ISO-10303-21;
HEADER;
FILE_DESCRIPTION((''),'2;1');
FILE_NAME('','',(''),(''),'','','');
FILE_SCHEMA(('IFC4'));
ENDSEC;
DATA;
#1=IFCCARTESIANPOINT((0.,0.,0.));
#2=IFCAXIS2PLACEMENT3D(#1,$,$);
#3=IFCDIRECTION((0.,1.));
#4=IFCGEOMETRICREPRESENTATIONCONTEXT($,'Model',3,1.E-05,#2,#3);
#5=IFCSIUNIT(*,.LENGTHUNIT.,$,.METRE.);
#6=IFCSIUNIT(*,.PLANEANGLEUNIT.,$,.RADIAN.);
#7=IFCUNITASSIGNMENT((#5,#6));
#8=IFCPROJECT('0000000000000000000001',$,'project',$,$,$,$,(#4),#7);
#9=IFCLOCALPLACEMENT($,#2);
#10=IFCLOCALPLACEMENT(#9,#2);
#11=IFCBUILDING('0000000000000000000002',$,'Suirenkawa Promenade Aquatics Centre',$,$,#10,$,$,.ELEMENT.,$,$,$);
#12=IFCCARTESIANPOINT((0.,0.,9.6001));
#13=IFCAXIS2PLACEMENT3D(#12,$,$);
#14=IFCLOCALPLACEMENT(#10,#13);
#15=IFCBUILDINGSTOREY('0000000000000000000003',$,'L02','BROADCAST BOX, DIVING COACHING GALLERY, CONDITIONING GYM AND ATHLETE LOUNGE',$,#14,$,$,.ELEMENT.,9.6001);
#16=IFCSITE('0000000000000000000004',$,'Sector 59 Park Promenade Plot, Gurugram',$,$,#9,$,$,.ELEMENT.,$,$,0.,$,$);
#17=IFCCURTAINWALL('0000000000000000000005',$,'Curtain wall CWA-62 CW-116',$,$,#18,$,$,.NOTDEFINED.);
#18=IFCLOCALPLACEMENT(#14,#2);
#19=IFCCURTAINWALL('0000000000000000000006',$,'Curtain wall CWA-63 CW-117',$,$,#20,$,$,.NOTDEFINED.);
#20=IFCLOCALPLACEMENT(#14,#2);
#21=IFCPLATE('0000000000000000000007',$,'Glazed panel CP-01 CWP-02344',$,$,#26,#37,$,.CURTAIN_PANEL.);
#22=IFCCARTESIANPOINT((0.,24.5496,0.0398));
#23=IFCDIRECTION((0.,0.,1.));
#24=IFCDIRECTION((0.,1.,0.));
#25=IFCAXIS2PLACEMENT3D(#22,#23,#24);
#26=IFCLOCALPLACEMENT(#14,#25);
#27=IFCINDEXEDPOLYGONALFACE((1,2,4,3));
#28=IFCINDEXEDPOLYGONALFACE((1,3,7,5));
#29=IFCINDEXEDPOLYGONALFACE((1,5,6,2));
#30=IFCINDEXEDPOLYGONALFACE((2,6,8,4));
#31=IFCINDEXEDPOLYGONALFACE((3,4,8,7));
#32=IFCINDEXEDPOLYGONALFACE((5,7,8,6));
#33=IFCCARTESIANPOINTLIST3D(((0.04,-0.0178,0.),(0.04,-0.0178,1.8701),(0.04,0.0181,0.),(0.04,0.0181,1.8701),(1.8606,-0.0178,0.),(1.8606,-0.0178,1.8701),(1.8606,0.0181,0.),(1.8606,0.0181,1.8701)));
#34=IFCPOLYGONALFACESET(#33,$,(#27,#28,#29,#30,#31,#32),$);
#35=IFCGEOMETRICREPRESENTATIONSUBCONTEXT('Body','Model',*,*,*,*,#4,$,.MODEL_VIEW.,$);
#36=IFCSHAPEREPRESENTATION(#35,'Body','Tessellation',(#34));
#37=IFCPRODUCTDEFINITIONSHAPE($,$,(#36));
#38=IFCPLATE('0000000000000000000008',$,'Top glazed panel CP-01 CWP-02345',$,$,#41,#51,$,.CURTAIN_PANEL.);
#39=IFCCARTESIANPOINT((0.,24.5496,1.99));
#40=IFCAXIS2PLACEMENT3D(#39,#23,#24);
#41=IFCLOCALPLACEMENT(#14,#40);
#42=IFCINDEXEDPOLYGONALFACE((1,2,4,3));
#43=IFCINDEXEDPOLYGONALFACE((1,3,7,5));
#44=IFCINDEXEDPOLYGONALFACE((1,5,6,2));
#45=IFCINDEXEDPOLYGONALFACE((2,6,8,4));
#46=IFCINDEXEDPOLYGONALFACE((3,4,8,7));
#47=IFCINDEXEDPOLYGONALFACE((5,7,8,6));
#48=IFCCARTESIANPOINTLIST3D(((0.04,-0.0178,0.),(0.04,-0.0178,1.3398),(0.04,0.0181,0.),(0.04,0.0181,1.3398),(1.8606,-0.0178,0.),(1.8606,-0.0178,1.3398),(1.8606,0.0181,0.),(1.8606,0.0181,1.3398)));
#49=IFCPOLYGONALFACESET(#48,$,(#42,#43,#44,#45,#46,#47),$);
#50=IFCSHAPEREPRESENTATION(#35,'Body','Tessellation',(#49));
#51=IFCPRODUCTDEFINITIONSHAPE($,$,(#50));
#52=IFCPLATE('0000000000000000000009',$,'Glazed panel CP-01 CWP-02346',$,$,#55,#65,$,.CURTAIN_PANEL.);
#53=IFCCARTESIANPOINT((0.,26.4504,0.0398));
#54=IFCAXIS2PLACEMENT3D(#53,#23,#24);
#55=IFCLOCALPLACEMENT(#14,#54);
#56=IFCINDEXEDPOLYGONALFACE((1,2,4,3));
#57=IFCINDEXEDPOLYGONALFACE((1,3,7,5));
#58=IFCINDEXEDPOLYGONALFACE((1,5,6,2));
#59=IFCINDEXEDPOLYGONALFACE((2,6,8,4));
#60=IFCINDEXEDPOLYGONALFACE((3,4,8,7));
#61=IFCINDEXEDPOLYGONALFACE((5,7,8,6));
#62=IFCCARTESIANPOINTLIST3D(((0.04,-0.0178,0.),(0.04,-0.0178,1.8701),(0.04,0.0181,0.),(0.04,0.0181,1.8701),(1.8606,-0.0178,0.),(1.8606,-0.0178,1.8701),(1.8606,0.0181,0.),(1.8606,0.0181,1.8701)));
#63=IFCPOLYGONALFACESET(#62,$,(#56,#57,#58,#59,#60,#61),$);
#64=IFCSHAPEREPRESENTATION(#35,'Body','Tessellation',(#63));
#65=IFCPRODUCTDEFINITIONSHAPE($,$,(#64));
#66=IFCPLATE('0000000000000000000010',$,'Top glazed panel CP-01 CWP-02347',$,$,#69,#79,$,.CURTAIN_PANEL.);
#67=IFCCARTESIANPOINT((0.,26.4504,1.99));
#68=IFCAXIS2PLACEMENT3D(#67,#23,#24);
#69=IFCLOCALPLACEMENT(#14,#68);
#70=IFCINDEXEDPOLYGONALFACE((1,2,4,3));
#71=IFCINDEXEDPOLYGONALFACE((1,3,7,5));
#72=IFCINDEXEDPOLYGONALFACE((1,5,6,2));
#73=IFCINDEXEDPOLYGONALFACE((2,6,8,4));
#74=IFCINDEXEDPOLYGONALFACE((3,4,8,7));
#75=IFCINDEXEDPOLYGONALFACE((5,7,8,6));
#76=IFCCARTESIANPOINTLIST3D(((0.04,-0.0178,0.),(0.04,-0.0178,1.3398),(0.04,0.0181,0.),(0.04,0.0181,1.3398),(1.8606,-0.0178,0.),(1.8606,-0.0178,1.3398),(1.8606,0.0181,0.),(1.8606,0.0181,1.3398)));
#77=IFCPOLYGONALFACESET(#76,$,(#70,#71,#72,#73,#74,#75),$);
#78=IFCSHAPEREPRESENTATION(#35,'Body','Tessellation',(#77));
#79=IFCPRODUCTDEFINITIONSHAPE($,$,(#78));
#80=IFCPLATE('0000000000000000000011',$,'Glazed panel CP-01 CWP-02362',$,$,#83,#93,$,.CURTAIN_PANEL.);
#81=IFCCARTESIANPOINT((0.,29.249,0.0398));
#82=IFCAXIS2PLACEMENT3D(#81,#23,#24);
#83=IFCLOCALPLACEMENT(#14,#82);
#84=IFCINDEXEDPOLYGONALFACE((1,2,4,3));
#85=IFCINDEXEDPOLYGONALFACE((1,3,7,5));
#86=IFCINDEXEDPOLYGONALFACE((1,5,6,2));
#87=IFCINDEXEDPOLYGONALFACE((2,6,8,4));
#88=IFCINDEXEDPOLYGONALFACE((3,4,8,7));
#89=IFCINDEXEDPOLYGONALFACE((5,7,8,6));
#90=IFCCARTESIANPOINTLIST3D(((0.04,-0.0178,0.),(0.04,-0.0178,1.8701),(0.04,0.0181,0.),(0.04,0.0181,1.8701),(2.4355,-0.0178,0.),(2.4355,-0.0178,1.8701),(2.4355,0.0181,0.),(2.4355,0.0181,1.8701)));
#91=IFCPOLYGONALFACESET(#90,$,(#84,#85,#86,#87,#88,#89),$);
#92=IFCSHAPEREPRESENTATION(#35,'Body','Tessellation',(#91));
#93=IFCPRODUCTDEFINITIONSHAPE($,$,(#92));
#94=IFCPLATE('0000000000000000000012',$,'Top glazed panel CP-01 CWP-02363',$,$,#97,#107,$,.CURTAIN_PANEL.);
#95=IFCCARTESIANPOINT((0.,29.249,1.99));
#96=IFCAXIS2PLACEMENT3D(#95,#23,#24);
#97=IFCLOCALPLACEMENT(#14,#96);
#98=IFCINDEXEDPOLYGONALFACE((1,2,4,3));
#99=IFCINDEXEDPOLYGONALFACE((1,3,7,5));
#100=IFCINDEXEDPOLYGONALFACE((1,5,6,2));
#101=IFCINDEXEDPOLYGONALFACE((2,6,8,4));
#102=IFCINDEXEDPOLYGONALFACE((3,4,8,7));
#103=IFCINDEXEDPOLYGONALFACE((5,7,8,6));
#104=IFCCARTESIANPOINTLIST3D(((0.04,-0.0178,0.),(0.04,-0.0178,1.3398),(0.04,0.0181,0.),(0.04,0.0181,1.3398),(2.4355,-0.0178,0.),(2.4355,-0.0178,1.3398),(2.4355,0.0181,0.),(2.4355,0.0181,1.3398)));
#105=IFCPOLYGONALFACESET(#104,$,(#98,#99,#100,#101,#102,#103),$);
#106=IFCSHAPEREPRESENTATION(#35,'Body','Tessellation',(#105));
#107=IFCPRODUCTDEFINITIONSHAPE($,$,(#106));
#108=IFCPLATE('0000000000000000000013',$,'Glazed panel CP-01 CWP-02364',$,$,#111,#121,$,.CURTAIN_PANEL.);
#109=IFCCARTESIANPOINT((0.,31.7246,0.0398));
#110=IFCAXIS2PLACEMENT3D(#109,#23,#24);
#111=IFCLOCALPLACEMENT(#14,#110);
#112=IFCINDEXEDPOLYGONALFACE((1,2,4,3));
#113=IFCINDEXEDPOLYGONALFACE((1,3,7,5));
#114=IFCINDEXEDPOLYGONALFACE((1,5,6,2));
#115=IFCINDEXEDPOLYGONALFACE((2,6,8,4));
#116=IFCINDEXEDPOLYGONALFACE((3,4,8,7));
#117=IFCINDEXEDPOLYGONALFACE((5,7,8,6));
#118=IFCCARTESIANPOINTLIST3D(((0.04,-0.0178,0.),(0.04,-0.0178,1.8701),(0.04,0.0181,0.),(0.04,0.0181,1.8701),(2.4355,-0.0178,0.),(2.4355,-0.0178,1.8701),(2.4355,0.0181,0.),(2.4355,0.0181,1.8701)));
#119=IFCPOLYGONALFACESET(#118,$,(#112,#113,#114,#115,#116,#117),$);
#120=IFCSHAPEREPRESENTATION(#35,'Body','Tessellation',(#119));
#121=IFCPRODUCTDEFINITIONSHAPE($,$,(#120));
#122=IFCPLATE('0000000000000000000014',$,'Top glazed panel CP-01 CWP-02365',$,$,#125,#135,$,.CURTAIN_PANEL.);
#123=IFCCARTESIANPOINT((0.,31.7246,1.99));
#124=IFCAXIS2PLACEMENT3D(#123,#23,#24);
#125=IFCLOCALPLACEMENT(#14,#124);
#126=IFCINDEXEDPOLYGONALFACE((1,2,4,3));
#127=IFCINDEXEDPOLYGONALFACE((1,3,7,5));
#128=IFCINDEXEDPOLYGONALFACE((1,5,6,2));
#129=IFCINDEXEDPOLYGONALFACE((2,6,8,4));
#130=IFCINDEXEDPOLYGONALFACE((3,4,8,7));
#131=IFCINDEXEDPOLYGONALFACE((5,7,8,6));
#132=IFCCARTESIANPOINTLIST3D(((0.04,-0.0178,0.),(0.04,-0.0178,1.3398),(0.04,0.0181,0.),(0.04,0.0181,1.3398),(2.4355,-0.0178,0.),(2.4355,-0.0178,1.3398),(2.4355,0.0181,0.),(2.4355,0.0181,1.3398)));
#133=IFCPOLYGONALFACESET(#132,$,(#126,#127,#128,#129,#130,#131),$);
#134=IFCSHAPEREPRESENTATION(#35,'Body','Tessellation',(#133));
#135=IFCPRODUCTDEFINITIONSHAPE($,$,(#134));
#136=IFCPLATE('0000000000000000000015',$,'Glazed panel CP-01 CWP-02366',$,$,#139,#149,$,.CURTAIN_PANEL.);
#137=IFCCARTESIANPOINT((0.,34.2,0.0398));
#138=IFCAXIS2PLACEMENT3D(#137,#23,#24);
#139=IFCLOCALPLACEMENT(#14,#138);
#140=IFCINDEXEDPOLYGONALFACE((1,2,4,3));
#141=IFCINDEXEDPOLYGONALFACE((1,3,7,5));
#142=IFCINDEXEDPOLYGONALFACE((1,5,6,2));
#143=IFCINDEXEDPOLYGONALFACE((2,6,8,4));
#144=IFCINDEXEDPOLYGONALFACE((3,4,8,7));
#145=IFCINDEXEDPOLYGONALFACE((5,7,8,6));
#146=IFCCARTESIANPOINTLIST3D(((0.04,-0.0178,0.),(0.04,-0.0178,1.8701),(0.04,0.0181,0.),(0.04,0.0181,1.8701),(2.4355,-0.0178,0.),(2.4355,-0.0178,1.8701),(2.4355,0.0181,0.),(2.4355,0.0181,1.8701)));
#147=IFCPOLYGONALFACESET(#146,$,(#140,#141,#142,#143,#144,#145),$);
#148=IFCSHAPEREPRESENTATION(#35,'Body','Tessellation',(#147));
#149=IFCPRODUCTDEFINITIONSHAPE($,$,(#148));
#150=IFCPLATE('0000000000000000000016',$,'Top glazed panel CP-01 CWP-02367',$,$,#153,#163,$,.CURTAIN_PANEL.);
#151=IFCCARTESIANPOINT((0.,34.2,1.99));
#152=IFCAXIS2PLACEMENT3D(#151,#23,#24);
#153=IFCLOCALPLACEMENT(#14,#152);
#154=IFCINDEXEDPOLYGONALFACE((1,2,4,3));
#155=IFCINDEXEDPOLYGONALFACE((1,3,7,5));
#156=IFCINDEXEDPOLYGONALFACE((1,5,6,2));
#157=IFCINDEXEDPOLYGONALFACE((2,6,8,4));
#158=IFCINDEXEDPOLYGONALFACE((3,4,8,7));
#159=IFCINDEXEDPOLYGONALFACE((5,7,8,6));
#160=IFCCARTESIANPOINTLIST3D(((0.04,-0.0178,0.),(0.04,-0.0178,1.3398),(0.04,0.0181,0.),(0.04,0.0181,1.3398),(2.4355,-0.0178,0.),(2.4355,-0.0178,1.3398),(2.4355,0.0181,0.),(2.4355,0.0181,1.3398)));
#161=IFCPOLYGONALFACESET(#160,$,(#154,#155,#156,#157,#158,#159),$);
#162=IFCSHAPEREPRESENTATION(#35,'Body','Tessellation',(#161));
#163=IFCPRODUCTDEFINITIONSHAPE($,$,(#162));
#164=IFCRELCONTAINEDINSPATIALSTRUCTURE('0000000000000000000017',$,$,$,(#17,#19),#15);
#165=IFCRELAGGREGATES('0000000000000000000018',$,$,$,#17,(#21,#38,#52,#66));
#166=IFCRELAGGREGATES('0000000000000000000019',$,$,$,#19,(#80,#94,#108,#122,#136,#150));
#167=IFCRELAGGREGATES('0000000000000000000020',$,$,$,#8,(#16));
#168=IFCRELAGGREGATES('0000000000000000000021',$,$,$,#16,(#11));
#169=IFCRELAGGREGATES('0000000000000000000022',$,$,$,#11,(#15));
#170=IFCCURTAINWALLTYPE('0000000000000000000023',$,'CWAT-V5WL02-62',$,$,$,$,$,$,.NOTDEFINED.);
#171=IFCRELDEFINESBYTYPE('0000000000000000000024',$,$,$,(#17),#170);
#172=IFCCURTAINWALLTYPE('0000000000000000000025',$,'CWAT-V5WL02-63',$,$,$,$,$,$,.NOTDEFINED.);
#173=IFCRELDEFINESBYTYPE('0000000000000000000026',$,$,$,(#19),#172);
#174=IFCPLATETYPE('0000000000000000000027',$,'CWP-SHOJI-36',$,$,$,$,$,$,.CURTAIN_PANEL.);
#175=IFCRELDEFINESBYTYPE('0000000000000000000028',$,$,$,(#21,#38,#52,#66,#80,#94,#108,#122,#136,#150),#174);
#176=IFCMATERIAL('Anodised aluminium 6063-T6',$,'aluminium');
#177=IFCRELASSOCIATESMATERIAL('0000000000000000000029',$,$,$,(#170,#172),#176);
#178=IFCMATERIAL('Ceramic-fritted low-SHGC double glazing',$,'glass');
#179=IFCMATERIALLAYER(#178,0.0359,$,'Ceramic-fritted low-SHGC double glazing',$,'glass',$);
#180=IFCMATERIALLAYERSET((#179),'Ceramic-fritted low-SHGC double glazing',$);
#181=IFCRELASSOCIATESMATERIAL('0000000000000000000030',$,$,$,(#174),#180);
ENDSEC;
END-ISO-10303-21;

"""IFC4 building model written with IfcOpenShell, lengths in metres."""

from ifc_helpers import new_model, si_unit, direction, frame, origin, place, context, subcontext, project, spatial, polyline, outline, extrude, material, layer, layer_set, type_object, element, aggregate, save


model = new_model("IFC4")

# Units and contexts
model_context = context("Model", 3, precision=1e-05, world=origin(), true_north=direction((0.0, 1.0)))
body_context = subcontext(model_context, "Body", "Model", "MODEL_VIEW")
ifc_project = project(units=[si_unit("LENGTHUNIT", "METRE"), si_unit("PLANEANGLEUNIT", "RADIAN")], contexts=[model_context])

# Site, building, storey
site_placement = place(None, origin())
site = spatial("IfcSite", under=ifc_project, at=site_placement, Name="Sector 59 Park Promenade Plot, Gurugram", CompositionType="ELEMENT", RefElevation=0.0)
building_placement = place(site_placement, origin())
building = spatial("IfcBuilding", under=site, at=building_placement, Name="Suirenkawa Promenade Aquatics Centre", CompositionType="ELEMENT")
storey_placement = place(building_placement, frame((0.0, 0.0, 9.6001)))
storey = spatial("IfcBuildingStorey", under=building, at=storey_placement, Name="L02", Description="BROADCAST BOX, DIVING COACHING GALLERY, CONDITIONING GYM AND ATHLETE LOUNGE", CompositionType="ELEMENT", Elevation=9.6001)

# Curtain walls
ifc_material_1 = material(Name="Anodised aluminium 6063-T6", Category="aluminium")
curtain_wall_type_1 = type_object("IfcCurtainWallType", Name="CWAT-V5WL02-62", PredefinedType="NOTDEFINED", material=ifc_material_1)
curtain_wall_1_placement = place(storey_placement, origin())
curtain_wall_1 = element("IfcCurtainWall", 1, at=curtain_wall_1_placement, inside=storey, type_object=curtain_wall_type_1, Name="Curtain wall CWA-62 CW-116", PredefinedType="NOTDEFINED")
curtain_wall_type_2 = type_object("IfcCurtainWallType", Name="CWAT-V5WL02-63", PredefinedType="NOTDEFINED", material=ifc_material_1)
curtain_wall_2_placement = place(storey_placement, origin())
curtain_wall_2 = element("IfcCurtainWall", 2, at=curtain_wall_2_placement, inside=storey, type_object=curtain_wall_type_2, Name="Curtain wall CWA-63 CW-117", PredefinedType="NOTDEFINED")

# Plates
ifc_material_2 = material(Name="Ceramic-fritted low-SHGC double glazing", Category="glass")
ifc_layer_1 = layer(ifc_material_2, 0.0359, Name="Ceramic-fritted low-SHGC double glazing", Category="glass")
ifc_layer_set_1 = layer_set([ifc_layer_1], Name="Ceramic-fritted low-SHGC double glazing")
plate_type = type_object("IfcPlateType", Name="CWP-SHOJI-36", PredefinedType="CURTAIN_PANEL", material=ifc_layer_set_1)
plate_1_placement = place(storey_placement, frame((0.0, 24.5496, 0.0398), z_axis=(0.0, 0.0, 1.0), x_axis=(0.0, 1.0, 0.0)))
plate_1 = element("IfcPlate", 3, at=plate_1_placement, type_object=plate_type, Name="Glazed panel CP-01 CWP-02344", PredefinedType="CURTAIN_PANEL", context=body_context, shape_type="SweptSolid", body=[
    extrude(outline(polyline([(0.04, 0.0), (1.8606, 0.0), (1.8606, 1.8701), (0.04, 1.8701), (0.04, 0.0)])), frame((0.0, 0.0181, 0.0), z_axis=(0.0, -1.0, 0.0), x_axis=(1.0, 0.0, 0.0)), (0.0, 0.0, 1.0), 0.0359),
])
plate_2_placement = place(storey_placement, frame((0.0, 24.5496, 1.99), z_axis=(0.0, 0.0, 1.0), x_axis=(0.0, 1.0, 0.0)))
plate_2 = element("IfcPlate", 4, at=plate_2_placement, type_object=plate_type, Name="Top glazed panel CP-01 CWP-02345", PredefinedType="CURTAIN_PANEL", context=body_context, shape_type="SweptSolid", body=[
    extrude(outline(polyline([(0.04, 0.0), (1.8606, 0.0), (1.8606, 1.3398), (0.04, 1.3398), (0.04, 0.0)])), frame((0.0, 0.0181, 0.0), z_axis=(0.0, -1.0, 0.0), x_axis=(1.0, 0.0, 0.0)), (0.0, 0.0, 1.0), 0.0359),
])
plate_3_placement = place(storey_placement, frame((0.0, 26.4504, 0.0398), z_axis=(0.0, 0.0, 1.0), x_axis=(0.0, 1.0, 0.0)))
plate_3 = element("IfcPlate", 5, at=plate_3_placement, type_object=plate_type, Name="Glazed panel CP-01 CWP-02346", PredefinedType="CURTAIN_PANEL", context=body_context, shape_type="SweptSolid", body=[
    extrude(outline(polyline([(0.04, 0.0), (1.8606, 0.0), (1.8606, 1.8701), (0.04, 1.8701), (0.04, 0.0)])), frame((0.0, 0.0181, 0.0), z_axis=(0.0, -1.0, 0.0), x_axis=(1.0, 0.0, 0.0)), (0.0, 0.0, 1.0), 0.0359),
])
plate_4_placement = place(storey_placement, frame((0.0, 26.4504, 1.99), z_axis=(0.0, 0.0, 1.0), x_axis=(0.0, 1.0, 0.0)))
plate_4 = element("IfcPlate", 6, at=plate_4_placement, type_object=plate_type, Name="Top glazed panel CP-01 CWP-02347", PredefinedType="CURTAIN_PANEL", context=body_context, shape_type="SweptSolid", body=[
    extrude(outline(polyline([(0.04, 0.0), (1.8606, 0.0), (1.8606, 1.3398), (0.04, 1.3398), (0.04, 0.0)])), frame((0.0, 0.0181, 0.0), z_axis=(0.0, -1.0, 0.0), x_axis=(1.0, 0.0, 0.0)), (0.0, 0.0, 1.0), 0.0359),
])
aggregate(curtain_wall_1, [plate_1, plate_2, plate_3, plate_4])
plate_5_placement = place(storey_placement, frame((0.0, 29.249, 0.0398), z_axis=(0.0, 0.0, 1.0), x_axis=(0.0, 1.0, 0.0)))
plate_5 = element("IfcPlate", 7, at=plate_5_placement, type_object=plate_type, Name="Glazed panel CP-01 CWP-02362", PredefinedType="CURTAIN_PANEL", context=body_context, shape_type="SweptSolid", body=[
    extrude(outline(polyline([(0.04, 0.0), (2.4355, 0.0), (2.4355, 1.8701), (0.04, 1.8701), (0.04, 0.0)])), frame((0.0, 0.0181, 0.0), z_axis=(0.0, -1.0, 0.0), x_axis=(1.0, 0.0, 0.0)), (0.0, 0.0, 1.0), 0.0359),
])
plate_6_placement = place(storey_placement, frame((0.0, 29.249, 1.99), z_axis=(0.0, 0.0, 1.0), x_axis=(0.0, 1.0, 0.0)))
plate_6 = element("IfcPlate", 8, at=plate_6_placement, type_object=plate_type, Name="Top glazed panel CP-01 CWP-02363", PredefinedType="CURTAIN_PANEL", context=body_context, shape_type="SweptSolid", body=[
    extrude(outline(polyline([(0.04, 0.0), (2.4355, 0.0), (2.4355, 1.3398), (0.04, 1.3398), (0.04, 0.0)])), frame((0.0, 0.0181, 0.0), z_axis=(0.0, -1.0, 0.0), x_axis=(1.0, 0.0, 0.0)), (0.0, 0.0, 1.0), 0.0359),
])
plate_7_placement = place(storey_placement, frame((0.0, 31.7246, 0.0398), z_axis=(0.0, 0.0, 1.0), x_axis=(0.0, 1.0, 0.0)))
plate_7 = element("IfcPlate", 9, at=plate_7_placement, type_object=plate_type, Name="Glazed panel CP-01 CWP-02364", PredefinedType="CURTAIN_PANEL", context=body_context, shape_type="SweptSolid", body=[
    extrude(outline(polyline([(0.04, 0.0), (2.4355, 0.0), (2.4355, 1.8701), (0.04, 1.8701), (0.04, 0.0)])), frame((0.0, 0.0181, 0.0), z_axis=(0.0, -1.0, 0.0), x_axis=(1.0, 0.0, 0.0)), (0.0, 0.0, 1.0), 0.0359),
])
plate_8_placement = place(storey_placement, frame((0.0, 31.7246, 1.99), z_axis=(0.0, 0.0, 1.0), x_axis=(0.0, 1.0, 0.0)))
plate_8 = element("IfcPlate", 10, at=plate_8_placement, type_object=plate_type, Name="Top glazed panel CP-01 CWP-02365", PredefinedType="CURTAIN_PANEL", context=body_context, shape_type="SweptSolid", body=[
    extrude(outline(polyline([(0.04, 0.0), (2.4355, 0.0), (2.4355, 1.3398), (0.04, 1.3398), (0.04, 0.0)])), frame((0.0, 0.0181, 0.0), z_axis=(0.0, -1.0, 0.0), x_axis=(1.0, 0.0, 0.0)), (0.0, 0.0, 1.0), 0.0359),
])
plate_9_placement = place(storey_placement, frame((0.0, 34.2, 0.0398), z_axis=(0.0, 0.0, 1.0), x_axis=(0.0, 1.0, 0.0)))
plate_9 = element("IfcPlate", 11, at=plate_9_placement, type_object=plate_type, Name="Glazed panel CP-01 CWP-02366", PredefinedType="CURTAIN_PANEL", context=body_context, shape_type="SweptSolid", body=[
    extrude(outline(polyline([(0.04, 0.0), (2.4355, 0.0), (2.4355, 1.8701), (0.04, 1.8701), (0.04, 0.0)])), frame((0.0, 0.0181, 0.0), z_axis=(0.0, -1.0, 0.0), x_axis=(1.0, 0.0, 0.0)), (0.0, 0.0, 1.0), 0.0359),
])
plate_10_placement = place(storey_placement, frame((0.0, 34.2, 1.99), z_axis=(0.0, 0.0, 1.0), x_axis=(0.0, 1.0, 0.0)))
plate_10 = element("IfcPlate", 12, at=plate_10_placement, type_object=plate_type, Name="Top glazed panel CP-01 CWP-02367", PredefinedType="CURTAIN_PANEL", context=body_context, shape_type="SweptSolid", body=[
    extrude(outline(polyline([(0.04, 0.0), (2.4355, 0.0), (2.4355, 1.3398), (0.04, 1.3398), (0.04, 0.0)])), frame((0.0, 0.0181, 0.0), z_axis=(0.0, -1.0, 0.0), x_axis=(1.0, 0.0, 0.0)), (0.0, 0.0, 1.0), 0.0359),
])
aggregate(curtain_wall_2, [plate_5, plate_6, plate_7, plate_8, plate_9, plate_10])

save(model, "model.ifc")
